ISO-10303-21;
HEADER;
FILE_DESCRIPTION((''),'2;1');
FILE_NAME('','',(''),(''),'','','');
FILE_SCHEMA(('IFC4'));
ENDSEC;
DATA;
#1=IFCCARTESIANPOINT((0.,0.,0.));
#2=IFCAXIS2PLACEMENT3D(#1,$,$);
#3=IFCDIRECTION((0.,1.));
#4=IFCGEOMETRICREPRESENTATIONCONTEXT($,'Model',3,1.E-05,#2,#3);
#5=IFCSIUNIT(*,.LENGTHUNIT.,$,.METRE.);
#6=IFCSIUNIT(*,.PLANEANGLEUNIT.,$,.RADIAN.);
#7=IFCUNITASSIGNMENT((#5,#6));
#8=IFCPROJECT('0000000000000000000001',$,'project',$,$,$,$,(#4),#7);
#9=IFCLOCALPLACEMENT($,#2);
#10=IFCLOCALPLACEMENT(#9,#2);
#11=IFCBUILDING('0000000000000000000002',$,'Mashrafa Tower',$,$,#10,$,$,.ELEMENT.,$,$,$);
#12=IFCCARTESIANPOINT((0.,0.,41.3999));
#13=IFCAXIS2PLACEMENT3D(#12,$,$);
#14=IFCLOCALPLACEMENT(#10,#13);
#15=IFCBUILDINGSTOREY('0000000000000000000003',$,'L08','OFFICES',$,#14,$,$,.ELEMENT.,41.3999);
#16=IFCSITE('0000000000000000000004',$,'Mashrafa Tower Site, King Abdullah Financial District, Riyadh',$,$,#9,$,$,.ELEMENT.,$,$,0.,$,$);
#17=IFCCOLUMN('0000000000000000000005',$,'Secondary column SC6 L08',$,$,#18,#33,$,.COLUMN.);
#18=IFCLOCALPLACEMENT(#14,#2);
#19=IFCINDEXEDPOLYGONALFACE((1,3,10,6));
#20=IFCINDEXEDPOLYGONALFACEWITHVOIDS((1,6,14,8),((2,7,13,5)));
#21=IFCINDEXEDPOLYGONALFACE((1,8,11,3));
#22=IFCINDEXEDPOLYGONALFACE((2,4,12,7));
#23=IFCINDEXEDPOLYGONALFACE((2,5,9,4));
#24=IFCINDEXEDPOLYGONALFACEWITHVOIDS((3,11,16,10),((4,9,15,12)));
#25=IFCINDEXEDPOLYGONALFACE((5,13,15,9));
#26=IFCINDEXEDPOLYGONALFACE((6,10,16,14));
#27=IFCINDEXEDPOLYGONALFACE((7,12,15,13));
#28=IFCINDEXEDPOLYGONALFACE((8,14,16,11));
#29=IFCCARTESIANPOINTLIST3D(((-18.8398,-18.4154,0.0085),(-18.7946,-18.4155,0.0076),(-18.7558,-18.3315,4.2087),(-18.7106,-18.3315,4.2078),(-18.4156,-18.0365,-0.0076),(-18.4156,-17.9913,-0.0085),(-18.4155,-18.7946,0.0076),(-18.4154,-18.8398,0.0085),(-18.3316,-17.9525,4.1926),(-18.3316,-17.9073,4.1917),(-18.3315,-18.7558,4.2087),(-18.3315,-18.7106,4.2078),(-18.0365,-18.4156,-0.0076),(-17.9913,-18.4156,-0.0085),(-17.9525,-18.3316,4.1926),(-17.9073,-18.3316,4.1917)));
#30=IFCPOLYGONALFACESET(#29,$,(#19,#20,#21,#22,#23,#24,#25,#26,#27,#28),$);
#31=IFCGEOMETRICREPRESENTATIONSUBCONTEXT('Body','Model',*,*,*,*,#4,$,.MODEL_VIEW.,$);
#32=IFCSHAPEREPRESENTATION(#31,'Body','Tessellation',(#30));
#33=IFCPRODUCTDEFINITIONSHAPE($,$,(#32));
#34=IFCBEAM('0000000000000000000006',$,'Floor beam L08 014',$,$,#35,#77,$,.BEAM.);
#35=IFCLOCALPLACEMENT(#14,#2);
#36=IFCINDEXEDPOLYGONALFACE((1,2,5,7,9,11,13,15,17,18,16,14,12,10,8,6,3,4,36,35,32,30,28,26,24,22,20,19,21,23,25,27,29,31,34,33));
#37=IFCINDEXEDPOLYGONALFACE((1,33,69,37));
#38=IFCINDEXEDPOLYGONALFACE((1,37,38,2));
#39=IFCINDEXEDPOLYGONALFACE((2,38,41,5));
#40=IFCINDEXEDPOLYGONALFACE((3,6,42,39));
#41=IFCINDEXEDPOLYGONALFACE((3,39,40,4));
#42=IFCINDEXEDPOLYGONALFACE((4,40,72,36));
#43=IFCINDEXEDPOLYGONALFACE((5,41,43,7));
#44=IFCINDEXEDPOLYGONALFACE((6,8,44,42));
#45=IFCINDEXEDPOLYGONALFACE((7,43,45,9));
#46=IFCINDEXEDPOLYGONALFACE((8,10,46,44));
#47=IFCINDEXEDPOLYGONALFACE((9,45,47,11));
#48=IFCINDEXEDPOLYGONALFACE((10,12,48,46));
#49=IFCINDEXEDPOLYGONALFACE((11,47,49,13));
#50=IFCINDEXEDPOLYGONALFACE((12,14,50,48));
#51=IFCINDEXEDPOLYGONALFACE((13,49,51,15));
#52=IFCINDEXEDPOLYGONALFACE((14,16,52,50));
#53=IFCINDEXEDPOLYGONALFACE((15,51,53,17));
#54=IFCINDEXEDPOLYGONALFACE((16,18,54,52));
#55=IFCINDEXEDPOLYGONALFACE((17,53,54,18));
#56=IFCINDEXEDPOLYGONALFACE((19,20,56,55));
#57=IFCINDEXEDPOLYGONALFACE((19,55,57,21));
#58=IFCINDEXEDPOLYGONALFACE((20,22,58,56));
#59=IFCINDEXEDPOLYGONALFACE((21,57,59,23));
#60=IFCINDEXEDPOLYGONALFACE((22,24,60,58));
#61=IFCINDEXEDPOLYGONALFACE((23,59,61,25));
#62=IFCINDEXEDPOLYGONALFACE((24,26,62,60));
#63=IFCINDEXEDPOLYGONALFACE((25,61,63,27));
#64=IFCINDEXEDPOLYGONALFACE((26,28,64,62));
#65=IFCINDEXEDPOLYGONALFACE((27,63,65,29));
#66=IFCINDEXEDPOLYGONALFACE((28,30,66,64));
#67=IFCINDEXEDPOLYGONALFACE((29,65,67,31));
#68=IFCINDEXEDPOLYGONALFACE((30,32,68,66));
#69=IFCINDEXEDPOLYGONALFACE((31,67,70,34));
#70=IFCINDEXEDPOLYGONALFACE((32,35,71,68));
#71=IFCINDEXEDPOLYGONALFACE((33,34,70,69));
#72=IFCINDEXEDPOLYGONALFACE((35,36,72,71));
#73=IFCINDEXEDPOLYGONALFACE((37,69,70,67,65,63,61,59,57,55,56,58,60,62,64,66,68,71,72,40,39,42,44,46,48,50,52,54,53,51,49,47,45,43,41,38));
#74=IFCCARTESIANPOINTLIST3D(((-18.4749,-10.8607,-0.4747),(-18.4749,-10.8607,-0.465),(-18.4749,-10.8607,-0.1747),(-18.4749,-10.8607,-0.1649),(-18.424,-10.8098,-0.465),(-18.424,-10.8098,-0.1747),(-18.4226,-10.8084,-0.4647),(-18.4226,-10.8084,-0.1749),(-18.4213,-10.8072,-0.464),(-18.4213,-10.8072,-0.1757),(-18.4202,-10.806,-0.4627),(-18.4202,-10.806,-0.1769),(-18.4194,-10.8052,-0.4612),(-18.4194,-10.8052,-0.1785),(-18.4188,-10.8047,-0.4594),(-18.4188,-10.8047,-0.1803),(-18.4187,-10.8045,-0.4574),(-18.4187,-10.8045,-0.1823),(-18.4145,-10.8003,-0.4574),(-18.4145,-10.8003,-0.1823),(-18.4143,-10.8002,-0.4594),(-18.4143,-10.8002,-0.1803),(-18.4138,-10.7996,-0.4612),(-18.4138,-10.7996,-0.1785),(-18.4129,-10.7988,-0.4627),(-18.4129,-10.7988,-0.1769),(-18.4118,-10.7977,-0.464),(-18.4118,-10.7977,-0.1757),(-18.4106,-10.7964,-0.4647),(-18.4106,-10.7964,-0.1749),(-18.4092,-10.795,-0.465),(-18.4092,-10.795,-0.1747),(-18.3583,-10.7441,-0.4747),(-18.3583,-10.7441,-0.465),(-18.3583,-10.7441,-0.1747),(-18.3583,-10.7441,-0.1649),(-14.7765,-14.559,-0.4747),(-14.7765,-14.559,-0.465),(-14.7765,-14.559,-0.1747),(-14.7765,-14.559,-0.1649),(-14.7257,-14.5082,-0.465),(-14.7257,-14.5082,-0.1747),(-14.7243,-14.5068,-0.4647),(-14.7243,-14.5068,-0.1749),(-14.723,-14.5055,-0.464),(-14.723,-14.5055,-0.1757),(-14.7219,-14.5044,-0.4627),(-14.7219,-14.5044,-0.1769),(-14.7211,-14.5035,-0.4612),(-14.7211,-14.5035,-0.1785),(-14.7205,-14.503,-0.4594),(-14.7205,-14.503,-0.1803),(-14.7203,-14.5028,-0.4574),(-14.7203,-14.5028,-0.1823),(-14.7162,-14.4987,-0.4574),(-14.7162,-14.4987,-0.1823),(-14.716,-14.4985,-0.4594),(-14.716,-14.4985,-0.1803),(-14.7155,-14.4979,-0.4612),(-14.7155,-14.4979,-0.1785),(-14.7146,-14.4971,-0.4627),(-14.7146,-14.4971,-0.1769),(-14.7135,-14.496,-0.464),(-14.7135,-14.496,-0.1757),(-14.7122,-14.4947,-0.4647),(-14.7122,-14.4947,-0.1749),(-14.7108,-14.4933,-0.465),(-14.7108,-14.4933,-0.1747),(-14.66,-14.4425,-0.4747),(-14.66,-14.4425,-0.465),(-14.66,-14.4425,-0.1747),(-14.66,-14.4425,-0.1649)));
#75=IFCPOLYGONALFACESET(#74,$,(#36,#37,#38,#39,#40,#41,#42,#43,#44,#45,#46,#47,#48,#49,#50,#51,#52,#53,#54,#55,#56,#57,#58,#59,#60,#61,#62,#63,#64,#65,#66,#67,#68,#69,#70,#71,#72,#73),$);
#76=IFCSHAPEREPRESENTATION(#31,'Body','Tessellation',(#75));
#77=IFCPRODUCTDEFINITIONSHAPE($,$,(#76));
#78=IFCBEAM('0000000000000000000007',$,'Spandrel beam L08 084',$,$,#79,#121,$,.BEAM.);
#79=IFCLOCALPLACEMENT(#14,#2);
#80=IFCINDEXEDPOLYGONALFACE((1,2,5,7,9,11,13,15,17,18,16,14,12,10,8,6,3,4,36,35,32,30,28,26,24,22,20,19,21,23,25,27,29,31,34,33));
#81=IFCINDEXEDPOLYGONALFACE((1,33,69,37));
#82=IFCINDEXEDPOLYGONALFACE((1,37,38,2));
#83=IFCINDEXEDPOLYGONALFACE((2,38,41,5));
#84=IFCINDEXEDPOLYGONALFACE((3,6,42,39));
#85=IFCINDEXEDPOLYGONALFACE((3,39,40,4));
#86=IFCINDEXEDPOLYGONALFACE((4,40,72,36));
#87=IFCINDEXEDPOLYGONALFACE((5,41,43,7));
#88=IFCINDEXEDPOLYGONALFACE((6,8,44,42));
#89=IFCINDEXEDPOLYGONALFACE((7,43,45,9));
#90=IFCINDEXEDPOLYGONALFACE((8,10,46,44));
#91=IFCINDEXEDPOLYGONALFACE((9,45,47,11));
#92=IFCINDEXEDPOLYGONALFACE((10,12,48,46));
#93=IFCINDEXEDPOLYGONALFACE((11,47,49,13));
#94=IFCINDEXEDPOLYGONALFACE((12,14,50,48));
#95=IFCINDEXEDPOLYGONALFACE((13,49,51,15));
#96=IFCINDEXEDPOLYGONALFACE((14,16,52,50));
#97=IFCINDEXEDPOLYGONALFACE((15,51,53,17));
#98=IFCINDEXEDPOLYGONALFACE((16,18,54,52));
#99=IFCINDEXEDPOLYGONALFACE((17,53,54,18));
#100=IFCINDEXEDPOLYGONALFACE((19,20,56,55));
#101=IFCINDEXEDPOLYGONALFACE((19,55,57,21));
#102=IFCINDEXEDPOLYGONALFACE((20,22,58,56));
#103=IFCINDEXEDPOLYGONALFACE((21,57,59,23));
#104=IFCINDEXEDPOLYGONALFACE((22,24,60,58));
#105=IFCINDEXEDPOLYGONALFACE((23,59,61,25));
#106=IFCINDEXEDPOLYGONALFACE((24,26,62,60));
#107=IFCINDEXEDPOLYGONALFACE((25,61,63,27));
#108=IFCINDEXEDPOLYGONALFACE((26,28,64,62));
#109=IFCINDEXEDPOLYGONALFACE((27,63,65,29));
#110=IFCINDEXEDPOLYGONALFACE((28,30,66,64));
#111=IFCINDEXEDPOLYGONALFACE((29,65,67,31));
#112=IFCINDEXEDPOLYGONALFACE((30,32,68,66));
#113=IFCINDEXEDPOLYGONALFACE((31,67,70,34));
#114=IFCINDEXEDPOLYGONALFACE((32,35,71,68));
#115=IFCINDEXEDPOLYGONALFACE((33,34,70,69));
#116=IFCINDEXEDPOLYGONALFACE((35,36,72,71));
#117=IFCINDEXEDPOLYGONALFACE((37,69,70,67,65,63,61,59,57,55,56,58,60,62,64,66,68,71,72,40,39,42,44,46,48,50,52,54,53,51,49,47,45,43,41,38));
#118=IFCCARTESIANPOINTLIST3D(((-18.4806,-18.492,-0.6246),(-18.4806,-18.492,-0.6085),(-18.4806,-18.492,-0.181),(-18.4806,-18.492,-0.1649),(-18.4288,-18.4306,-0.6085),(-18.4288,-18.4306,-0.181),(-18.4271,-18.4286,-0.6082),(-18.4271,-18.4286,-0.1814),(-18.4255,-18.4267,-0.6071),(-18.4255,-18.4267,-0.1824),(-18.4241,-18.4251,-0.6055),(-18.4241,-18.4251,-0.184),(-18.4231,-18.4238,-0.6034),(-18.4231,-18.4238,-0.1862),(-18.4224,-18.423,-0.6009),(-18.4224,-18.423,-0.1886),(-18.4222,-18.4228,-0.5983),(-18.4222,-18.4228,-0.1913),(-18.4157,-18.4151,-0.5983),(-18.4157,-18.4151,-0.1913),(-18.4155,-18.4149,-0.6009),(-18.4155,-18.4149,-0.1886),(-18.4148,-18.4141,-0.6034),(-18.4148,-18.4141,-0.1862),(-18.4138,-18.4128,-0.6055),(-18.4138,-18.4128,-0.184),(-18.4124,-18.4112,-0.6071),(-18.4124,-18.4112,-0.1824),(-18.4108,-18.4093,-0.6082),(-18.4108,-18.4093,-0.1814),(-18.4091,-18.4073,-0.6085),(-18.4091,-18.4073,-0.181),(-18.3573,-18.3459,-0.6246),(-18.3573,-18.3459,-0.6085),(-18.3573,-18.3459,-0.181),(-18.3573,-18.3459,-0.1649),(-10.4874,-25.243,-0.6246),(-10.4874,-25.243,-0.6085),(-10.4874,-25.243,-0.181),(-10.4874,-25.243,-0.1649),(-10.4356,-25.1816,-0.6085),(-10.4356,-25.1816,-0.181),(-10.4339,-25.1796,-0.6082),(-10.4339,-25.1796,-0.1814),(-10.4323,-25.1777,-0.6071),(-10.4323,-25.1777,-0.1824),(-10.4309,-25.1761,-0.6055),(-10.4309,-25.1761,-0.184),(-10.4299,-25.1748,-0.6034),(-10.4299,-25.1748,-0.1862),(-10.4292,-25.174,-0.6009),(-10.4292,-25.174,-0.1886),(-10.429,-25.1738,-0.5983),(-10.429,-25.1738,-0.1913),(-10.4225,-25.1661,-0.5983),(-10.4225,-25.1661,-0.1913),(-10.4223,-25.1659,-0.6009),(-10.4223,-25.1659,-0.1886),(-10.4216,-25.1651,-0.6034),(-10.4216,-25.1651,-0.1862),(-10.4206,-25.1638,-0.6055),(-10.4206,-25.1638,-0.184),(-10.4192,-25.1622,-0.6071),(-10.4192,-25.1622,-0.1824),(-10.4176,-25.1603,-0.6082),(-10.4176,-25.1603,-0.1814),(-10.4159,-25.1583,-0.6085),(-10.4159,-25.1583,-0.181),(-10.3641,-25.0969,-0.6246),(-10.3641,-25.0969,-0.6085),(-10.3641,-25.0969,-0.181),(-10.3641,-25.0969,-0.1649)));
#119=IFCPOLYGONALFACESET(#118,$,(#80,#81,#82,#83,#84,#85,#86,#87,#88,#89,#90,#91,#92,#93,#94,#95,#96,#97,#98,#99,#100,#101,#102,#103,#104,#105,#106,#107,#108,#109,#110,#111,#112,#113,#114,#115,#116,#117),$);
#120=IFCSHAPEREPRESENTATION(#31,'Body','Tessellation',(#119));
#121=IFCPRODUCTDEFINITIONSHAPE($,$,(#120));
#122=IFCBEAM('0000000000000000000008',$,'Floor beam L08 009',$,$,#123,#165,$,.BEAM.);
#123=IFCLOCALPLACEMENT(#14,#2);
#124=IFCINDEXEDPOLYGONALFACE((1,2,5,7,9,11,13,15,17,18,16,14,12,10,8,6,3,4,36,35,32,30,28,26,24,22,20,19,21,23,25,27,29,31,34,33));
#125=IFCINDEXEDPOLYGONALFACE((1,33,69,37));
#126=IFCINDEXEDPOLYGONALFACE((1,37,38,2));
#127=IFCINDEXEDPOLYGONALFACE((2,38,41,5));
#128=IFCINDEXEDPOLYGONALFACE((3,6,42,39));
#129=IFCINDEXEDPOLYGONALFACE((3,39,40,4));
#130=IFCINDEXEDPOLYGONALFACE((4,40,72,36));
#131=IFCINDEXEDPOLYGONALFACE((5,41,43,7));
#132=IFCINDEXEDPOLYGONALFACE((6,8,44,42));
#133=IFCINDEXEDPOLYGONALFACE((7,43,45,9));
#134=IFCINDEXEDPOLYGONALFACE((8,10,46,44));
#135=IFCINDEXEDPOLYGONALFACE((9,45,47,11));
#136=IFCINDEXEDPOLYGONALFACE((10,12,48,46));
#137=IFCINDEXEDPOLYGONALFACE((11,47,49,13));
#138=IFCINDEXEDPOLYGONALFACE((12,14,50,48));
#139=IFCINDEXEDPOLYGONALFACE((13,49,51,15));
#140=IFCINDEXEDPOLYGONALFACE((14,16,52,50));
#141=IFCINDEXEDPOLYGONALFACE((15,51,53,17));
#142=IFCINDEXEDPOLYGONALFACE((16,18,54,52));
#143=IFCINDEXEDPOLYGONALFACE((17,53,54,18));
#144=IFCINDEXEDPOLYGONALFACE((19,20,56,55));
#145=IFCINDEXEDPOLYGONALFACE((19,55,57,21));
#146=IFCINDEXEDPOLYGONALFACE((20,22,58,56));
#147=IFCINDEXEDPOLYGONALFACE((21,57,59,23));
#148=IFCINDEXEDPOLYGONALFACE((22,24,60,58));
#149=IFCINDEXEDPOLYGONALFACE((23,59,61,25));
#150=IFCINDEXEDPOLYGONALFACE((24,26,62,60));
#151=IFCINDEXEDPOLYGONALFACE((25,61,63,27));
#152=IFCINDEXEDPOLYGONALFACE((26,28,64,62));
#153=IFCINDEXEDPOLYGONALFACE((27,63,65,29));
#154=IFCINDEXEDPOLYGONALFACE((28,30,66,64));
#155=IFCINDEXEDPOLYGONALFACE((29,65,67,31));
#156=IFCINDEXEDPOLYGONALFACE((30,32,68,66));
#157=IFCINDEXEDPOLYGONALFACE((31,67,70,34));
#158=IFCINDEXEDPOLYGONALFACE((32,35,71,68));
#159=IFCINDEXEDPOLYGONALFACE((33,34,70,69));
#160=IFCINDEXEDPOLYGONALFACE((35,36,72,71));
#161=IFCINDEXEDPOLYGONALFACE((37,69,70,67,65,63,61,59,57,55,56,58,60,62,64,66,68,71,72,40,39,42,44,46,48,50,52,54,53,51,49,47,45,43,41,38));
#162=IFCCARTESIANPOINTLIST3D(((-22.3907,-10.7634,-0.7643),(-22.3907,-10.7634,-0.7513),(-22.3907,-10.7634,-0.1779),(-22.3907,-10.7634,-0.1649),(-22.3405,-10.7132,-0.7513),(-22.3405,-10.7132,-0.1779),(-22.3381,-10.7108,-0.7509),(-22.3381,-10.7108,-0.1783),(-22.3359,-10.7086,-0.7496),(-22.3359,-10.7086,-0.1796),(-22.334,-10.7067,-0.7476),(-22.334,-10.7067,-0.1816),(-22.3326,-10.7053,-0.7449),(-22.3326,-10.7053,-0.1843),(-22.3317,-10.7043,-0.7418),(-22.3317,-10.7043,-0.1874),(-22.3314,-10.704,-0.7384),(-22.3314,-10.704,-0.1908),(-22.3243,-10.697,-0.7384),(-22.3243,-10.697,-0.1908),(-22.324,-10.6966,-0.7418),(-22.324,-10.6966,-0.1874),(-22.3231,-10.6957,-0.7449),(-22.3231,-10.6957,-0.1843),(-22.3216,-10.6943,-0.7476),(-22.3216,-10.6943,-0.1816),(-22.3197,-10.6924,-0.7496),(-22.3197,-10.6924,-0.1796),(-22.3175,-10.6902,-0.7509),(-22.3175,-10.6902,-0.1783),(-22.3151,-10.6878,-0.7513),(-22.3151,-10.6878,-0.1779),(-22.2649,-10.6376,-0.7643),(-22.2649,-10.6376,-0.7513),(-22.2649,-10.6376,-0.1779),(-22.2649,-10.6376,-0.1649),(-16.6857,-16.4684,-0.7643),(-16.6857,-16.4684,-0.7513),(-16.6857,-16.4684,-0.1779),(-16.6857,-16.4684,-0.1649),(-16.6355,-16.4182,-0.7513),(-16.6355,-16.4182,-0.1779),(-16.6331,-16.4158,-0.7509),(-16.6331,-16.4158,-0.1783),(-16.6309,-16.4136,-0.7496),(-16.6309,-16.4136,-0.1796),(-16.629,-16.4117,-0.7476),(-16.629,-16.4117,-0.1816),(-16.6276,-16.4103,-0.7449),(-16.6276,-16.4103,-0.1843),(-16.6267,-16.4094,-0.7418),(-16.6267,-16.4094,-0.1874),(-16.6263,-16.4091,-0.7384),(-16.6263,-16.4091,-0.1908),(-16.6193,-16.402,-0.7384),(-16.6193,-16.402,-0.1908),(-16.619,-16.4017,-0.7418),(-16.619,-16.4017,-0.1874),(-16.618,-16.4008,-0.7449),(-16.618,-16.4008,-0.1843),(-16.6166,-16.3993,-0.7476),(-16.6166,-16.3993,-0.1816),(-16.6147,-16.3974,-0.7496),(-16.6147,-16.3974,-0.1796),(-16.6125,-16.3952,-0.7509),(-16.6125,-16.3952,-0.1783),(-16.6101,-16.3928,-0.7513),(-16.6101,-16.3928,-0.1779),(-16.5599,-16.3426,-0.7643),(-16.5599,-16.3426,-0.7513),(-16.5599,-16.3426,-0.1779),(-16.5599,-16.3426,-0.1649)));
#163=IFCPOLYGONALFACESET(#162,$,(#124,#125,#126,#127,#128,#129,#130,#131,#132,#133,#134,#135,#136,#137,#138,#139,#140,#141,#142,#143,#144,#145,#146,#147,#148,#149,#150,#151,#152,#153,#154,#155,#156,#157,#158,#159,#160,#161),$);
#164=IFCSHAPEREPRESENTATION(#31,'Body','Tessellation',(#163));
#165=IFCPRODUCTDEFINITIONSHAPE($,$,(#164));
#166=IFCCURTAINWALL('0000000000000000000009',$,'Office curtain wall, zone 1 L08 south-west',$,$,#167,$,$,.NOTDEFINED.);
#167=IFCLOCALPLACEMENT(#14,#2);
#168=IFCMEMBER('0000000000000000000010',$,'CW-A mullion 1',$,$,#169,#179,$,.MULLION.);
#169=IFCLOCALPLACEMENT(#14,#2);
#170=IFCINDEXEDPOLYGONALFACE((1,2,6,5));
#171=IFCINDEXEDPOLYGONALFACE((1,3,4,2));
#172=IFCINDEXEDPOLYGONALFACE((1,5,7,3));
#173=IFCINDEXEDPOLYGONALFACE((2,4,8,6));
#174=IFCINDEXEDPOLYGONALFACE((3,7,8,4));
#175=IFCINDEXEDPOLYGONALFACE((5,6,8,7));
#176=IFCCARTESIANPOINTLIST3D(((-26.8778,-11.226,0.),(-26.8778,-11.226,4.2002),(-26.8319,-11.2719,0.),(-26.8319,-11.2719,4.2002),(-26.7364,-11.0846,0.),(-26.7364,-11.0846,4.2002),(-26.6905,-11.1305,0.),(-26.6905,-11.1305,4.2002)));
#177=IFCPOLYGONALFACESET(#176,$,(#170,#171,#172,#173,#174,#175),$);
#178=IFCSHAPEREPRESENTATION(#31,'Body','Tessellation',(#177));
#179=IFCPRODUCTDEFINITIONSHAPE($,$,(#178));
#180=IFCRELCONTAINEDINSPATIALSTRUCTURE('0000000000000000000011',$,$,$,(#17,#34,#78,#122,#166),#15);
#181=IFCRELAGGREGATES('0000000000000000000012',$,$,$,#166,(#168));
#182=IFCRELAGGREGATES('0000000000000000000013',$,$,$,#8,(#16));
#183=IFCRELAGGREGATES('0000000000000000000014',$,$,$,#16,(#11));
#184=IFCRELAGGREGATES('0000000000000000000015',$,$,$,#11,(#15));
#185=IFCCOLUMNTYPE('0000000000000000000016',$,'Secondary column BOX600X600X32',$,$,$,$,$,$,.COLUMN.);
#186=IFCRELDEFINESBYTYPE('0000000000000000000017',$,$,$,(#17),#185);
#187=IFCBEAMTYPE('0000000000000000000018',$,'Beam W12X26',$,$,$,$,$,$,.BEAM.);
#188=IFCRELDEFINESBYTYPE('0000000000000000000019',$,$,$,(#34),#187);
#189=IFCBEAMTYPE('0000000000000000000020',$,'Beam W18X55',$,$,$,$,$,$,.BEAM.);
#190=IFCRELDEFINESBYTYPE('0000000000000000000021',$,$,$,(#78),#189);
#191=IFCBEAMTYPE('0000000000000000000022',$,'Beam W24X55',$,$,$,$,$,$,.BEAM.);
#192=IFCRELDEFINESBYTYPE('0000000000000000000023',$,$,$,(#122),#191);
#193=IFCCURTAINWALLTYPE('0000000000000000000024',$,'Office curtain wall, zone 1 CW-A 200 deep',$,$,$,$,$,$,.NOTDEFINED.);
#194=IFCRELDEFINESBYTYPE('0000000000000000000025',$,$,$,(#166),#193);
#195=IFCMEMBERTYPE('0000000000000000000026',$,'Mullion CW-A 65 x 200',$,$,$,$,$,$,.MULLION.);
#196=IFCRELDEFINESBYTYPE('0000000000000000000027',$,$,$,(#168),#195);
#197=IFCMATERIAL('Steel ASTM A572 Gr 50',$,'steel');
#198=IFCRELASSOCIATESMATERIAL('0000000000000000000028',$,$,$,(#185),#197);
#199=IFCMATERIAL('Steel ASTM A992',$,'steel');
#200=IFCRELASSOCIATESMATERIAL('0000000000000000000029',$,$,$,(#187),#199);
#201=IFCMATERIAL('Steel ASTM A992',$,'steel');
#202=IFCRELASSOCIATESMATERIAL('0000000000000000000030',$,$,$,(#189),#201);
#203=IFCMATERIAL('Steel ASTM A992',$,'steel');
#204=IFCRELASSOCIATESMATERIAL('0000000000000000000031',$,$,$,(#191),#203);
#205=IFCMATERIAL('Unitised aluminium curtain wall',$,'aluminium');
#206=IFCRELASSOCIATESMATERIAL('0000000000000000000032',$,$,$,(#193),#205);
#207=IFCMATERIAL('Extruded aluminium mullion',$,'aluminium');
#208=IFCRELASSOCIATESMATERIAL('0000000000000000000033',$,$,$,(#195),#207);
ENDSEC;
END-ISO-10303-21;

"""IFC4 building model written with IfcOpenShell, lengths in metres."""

from ifc_helpers import new_model, si_unit, direction, frame, origin, origin_2d, place, context, subcontext, project, spatial, rectangle, hollow_rectangle, i_section, extrude, source, transform, mapped, material, material_profile, profile_set, type_object, type_shapes, element, aggregate, save


model = new_model("IFC4")

# Units and contexts
model_context = context("Model", 3, precision=1e-05, world=origin(), true_north=direction((0.0, 1.0)))
body_context = subcontext(model_context, "Body", "Model", "MODEL_VIEW")
ifc_project = project(units=[si_unit("LENGTHUNIT", "METRE"), si_unit("PLANEANGLEUNIT", "RADIAN")], contexts=[model_context])

# Site, building, storey
site_placement = place(None, origin())
site = spatial("IfcSite", under=ifc_project, at=site_placement, Name="Mashrafa Tower Site, King Abdullah Financial District, Riyadh", CompositionType="ELEMENT", RefElevation=0.0)
building_placement = place(site_placement, origin())
building = spatial("IfcBuilding", under=site, at=building_placement, Name="Mashrafa Tower", CompositionType="ELEMENT")
storey_placement = place(building_placement, frame((0.0, 0.0, 41.3999)))
storey = spatial("IfcBuildingStorey", under=building, at=storey_placement, Name="L08", Description="OFFICES", CompositionType="ELEMENT", Elevation=41.3999)

# Column
ifc_material_1 = material(Name="Steel ASTM A572 Gr 50", Category="steel")
ifc_material_profile_1 = material_profile(ifc_material_1, hollow_rectangle(XDim=0.6001, YDim=0.6001, WallThickness=0.032, at=origin_2d()), Name="BOX600X600X32")
ifc_profile_set_1 = profile_set([ifc_material_profile_1], Name="Steel ASTM A572 Gr 50")
column_type = type_object("IfcColumnType", Name="Secondary column BOX600X600X32", PredefinedType="COLUMN", material=ifc_profile_set_1)
column_placement = place(storey_placement, frame((-18.4155, -18.4155, 0.0), z_axis=(0.019987, 0.019987, 0.9996), x_axis=(-0.707107, 0.707107, 0.0)))
element("IfcColumn", 1, at=column_placement, inside=storey, type_object=column_type, Name="Secondary column SC6 L08", PredefinedType="COLUMN", context=body_context, shape_type="SweptSolid", body=[
    extrude(hollow_rectangle(XDim=0.6001, YDim=0.6001, WallThickness=0.032, at=origin_2d()), origin(), (0.0, 0.0, 1.0), 4.2019),
])

# Beams
ifc_material_2 = material(Name="Steel ASTM A992", Category="steel")
ifc_material_profile_2 = material_profile(ifc_material_2, i_section(OverallWidth=0.1648, OverallDepth=0.3098, WebThickness=0.0059, FlangeThickness=0.0098, FilletRadius=0.0076, at=origin_2d()), Name="W12X26")
ifc_profile_set_2 = profile_set([ifc_material_profile_2], Name="Steel ASTM A992")
beam_type_1 = type_object("IfcBeamType", Name="Beam W12X26", PredefinedType="BEAM", material=ifc_profile_set_2)
beam_1_placement = place(storey_placement, frame((-14.7183, -14.5007, -0.3198), z_axis=(-0.707107, 0.707107, 0.0), x_axis=(-0.707107, -0.707107, 0.0)))
element("IfcBeam", 2, at=beam_1_placement, inside=storey, type_object=beam_type_1, Name="Floor beam L08 014", PredefinedType="BEAM", context=body_context, shape_type="SweptSolid", body=[
    extrude(i_section(OverallWidth=0.1648, OverallDepth=0.3098, WebThickness=0.0059, FlangeThickness=0.0098, FilletRadius=0.0076, at=origin_2d()), origin(), (0.0, 0.0, 1.0), 5.2302),
])
ifc_material_3 = material(Name="Steel ASTM A992", Category="steel")
ifc_material_profile_3 = material_profile(ifc_material_3, i_section(OverallWidth=0.1912, OverallDepth=0.4597, WebThickness=0.01, FlangeThickness=0.0161, FilletRadius=0.0103, at=origin_2d()), Name="W18X55")
ifc_profile_set_3 = profile_set([ifc_material_profile_3], Name="Steel ASTM A992")
beam_type_2 = type_object("IfcBeamType", Name="Beam W18X55", PredefinedType="BEAM", material=ifc_profile_set_3)
beam_2_placement = place(storey_placement, frame((-18.4189, -18.4189, -0.3948), z_axis=(0.763974, -0.645247, 0.0), x_axis=(0.645247, 0.763974, 0.0)))
element("IfcBeam", 3, at=beam_2_placement, inside=storey, type_object=beam_type_2, Name="Spandrel beam L08 084", PredefinedType="BEAM", context=body_context, shape_type="SweptSolid", body=[
    extrude(i_section(OverallWidth=0.1912, OverallDepth=0.4597, WebThickness=0.01, FlangeThickness=0.0161, FilletRadius=0.0103, at=origin_2d()), origin(), (0.0, 0.0, 1.0), 10.4626),
])
ifc_material_4 = material(Name="Steel ASTM A992", Category="steel")
ifc_material_profile_4 = material_profile(ifc_material_4, i_section(OverallWidth=0.178, OverallDepth=0.5994, WebThickness=0.01, FlangeThickness=0.0129, FilletRadius=0.0129, at=origin_2d()), Name="W24X55")
ifc_profile_set_4 = profile_set([ifc_material_profile_4], Name="Steel ASTM A992")
beam_type_3 = type_object("IfcBeamType", Name="Beam W24X55", PredefinedType="BEAM", material=ifc_profile_set_4)
beam_3_placement = place(storey_placement, frame((-16.6228, -16.4055, -0.4646), z_axis=(-0.707107, 0.707107, 0.0), x_axis=(-0.707107, -0.707107, 0.0)))
element("IfcBeam", 4, at=beam_3_placement, inside=storey, type_object=beam_type_3, Name="Floor beam L08 009", PredefinedType="BEAM", context=body_context, shape_type="SweptSolid", body=[
    extrude(i_section(OverallWidth=0.178, OverallDepth=0.5994, WebThickness=0.01, FlangeThickness=0.0129, FilletRadius=0.0129, at=origin_2d()), origin(), (0.0, 0.0, 1.0), 8.0681),
])

# Curtain wall, member
ifc_material_5 = material(Name="Unitised aluminium curtain wall", Category="aluminium")
curtain_wall_type = type_object("IfcCurtainWallType", Name="Office curtain wall, zone 1 CW-A 200 deep", PredefinedType="NOTDEFINED", material=ifc_material_5)
curtain_wall_placement = place(storey_placement, origin())
curtain_wall = element("IfcCurtainWall", 5, at=curtain_wall_placement, inside=storey, type_object=curtain_wall_type, Name="Office curtain wall, zone 1 L08 south-west", PredefinedType="NOTDEFINED")
ifc_material_6 = material(Name="Extruded aluminium mullion", Category="aluminium")
ifc_material_profile_5 = material_profile(ifc_material_6, rectangle(XDim=0.2, YDim=0.0649, at=origin_2d()), Name="Mullion 65x200")
ifc_profile_set_5 = profile_set([ifc_material_profile_5], Name="Extruded aluminium mullion")
member_type_1 = type_object("IfcMemberType", Name="Mullion CW-A 65 x 200", PredefinedType="MULLION", material=ifc_profile_set_5)
shared_shape_1 = source(origin(), body_context, "Body", "SweptSolid", [
    extrude(rectangle(XDim=0.2, YDim=0.0649, at=origin_2d()), origin(), (0.0, 0.0, 1.0), 4.2002),
])
type_shapes(member_type_1, [shared_shape_1])
member_1_placement = place(storey_placement, frame((-26.7842, -11.1782, 0.0), z_axis=(0.0, 0.0, 1.0), x_axis=(0.707107, 0.707107, 0.0)))
member_1 = element("IfcMember", 6, at=member_1_placement, type_object=member_type_1, Name="CW-A mullion 1", PredefinedType="MULLION", context=body_context, shape_type="MappedRepresentation", body=[
    mapped(shared_shape_1, transform((0.0, 0.0, 0.0))),
])
aggregate(curtain_wall, [member_1])

save(model, "model.ifc")
